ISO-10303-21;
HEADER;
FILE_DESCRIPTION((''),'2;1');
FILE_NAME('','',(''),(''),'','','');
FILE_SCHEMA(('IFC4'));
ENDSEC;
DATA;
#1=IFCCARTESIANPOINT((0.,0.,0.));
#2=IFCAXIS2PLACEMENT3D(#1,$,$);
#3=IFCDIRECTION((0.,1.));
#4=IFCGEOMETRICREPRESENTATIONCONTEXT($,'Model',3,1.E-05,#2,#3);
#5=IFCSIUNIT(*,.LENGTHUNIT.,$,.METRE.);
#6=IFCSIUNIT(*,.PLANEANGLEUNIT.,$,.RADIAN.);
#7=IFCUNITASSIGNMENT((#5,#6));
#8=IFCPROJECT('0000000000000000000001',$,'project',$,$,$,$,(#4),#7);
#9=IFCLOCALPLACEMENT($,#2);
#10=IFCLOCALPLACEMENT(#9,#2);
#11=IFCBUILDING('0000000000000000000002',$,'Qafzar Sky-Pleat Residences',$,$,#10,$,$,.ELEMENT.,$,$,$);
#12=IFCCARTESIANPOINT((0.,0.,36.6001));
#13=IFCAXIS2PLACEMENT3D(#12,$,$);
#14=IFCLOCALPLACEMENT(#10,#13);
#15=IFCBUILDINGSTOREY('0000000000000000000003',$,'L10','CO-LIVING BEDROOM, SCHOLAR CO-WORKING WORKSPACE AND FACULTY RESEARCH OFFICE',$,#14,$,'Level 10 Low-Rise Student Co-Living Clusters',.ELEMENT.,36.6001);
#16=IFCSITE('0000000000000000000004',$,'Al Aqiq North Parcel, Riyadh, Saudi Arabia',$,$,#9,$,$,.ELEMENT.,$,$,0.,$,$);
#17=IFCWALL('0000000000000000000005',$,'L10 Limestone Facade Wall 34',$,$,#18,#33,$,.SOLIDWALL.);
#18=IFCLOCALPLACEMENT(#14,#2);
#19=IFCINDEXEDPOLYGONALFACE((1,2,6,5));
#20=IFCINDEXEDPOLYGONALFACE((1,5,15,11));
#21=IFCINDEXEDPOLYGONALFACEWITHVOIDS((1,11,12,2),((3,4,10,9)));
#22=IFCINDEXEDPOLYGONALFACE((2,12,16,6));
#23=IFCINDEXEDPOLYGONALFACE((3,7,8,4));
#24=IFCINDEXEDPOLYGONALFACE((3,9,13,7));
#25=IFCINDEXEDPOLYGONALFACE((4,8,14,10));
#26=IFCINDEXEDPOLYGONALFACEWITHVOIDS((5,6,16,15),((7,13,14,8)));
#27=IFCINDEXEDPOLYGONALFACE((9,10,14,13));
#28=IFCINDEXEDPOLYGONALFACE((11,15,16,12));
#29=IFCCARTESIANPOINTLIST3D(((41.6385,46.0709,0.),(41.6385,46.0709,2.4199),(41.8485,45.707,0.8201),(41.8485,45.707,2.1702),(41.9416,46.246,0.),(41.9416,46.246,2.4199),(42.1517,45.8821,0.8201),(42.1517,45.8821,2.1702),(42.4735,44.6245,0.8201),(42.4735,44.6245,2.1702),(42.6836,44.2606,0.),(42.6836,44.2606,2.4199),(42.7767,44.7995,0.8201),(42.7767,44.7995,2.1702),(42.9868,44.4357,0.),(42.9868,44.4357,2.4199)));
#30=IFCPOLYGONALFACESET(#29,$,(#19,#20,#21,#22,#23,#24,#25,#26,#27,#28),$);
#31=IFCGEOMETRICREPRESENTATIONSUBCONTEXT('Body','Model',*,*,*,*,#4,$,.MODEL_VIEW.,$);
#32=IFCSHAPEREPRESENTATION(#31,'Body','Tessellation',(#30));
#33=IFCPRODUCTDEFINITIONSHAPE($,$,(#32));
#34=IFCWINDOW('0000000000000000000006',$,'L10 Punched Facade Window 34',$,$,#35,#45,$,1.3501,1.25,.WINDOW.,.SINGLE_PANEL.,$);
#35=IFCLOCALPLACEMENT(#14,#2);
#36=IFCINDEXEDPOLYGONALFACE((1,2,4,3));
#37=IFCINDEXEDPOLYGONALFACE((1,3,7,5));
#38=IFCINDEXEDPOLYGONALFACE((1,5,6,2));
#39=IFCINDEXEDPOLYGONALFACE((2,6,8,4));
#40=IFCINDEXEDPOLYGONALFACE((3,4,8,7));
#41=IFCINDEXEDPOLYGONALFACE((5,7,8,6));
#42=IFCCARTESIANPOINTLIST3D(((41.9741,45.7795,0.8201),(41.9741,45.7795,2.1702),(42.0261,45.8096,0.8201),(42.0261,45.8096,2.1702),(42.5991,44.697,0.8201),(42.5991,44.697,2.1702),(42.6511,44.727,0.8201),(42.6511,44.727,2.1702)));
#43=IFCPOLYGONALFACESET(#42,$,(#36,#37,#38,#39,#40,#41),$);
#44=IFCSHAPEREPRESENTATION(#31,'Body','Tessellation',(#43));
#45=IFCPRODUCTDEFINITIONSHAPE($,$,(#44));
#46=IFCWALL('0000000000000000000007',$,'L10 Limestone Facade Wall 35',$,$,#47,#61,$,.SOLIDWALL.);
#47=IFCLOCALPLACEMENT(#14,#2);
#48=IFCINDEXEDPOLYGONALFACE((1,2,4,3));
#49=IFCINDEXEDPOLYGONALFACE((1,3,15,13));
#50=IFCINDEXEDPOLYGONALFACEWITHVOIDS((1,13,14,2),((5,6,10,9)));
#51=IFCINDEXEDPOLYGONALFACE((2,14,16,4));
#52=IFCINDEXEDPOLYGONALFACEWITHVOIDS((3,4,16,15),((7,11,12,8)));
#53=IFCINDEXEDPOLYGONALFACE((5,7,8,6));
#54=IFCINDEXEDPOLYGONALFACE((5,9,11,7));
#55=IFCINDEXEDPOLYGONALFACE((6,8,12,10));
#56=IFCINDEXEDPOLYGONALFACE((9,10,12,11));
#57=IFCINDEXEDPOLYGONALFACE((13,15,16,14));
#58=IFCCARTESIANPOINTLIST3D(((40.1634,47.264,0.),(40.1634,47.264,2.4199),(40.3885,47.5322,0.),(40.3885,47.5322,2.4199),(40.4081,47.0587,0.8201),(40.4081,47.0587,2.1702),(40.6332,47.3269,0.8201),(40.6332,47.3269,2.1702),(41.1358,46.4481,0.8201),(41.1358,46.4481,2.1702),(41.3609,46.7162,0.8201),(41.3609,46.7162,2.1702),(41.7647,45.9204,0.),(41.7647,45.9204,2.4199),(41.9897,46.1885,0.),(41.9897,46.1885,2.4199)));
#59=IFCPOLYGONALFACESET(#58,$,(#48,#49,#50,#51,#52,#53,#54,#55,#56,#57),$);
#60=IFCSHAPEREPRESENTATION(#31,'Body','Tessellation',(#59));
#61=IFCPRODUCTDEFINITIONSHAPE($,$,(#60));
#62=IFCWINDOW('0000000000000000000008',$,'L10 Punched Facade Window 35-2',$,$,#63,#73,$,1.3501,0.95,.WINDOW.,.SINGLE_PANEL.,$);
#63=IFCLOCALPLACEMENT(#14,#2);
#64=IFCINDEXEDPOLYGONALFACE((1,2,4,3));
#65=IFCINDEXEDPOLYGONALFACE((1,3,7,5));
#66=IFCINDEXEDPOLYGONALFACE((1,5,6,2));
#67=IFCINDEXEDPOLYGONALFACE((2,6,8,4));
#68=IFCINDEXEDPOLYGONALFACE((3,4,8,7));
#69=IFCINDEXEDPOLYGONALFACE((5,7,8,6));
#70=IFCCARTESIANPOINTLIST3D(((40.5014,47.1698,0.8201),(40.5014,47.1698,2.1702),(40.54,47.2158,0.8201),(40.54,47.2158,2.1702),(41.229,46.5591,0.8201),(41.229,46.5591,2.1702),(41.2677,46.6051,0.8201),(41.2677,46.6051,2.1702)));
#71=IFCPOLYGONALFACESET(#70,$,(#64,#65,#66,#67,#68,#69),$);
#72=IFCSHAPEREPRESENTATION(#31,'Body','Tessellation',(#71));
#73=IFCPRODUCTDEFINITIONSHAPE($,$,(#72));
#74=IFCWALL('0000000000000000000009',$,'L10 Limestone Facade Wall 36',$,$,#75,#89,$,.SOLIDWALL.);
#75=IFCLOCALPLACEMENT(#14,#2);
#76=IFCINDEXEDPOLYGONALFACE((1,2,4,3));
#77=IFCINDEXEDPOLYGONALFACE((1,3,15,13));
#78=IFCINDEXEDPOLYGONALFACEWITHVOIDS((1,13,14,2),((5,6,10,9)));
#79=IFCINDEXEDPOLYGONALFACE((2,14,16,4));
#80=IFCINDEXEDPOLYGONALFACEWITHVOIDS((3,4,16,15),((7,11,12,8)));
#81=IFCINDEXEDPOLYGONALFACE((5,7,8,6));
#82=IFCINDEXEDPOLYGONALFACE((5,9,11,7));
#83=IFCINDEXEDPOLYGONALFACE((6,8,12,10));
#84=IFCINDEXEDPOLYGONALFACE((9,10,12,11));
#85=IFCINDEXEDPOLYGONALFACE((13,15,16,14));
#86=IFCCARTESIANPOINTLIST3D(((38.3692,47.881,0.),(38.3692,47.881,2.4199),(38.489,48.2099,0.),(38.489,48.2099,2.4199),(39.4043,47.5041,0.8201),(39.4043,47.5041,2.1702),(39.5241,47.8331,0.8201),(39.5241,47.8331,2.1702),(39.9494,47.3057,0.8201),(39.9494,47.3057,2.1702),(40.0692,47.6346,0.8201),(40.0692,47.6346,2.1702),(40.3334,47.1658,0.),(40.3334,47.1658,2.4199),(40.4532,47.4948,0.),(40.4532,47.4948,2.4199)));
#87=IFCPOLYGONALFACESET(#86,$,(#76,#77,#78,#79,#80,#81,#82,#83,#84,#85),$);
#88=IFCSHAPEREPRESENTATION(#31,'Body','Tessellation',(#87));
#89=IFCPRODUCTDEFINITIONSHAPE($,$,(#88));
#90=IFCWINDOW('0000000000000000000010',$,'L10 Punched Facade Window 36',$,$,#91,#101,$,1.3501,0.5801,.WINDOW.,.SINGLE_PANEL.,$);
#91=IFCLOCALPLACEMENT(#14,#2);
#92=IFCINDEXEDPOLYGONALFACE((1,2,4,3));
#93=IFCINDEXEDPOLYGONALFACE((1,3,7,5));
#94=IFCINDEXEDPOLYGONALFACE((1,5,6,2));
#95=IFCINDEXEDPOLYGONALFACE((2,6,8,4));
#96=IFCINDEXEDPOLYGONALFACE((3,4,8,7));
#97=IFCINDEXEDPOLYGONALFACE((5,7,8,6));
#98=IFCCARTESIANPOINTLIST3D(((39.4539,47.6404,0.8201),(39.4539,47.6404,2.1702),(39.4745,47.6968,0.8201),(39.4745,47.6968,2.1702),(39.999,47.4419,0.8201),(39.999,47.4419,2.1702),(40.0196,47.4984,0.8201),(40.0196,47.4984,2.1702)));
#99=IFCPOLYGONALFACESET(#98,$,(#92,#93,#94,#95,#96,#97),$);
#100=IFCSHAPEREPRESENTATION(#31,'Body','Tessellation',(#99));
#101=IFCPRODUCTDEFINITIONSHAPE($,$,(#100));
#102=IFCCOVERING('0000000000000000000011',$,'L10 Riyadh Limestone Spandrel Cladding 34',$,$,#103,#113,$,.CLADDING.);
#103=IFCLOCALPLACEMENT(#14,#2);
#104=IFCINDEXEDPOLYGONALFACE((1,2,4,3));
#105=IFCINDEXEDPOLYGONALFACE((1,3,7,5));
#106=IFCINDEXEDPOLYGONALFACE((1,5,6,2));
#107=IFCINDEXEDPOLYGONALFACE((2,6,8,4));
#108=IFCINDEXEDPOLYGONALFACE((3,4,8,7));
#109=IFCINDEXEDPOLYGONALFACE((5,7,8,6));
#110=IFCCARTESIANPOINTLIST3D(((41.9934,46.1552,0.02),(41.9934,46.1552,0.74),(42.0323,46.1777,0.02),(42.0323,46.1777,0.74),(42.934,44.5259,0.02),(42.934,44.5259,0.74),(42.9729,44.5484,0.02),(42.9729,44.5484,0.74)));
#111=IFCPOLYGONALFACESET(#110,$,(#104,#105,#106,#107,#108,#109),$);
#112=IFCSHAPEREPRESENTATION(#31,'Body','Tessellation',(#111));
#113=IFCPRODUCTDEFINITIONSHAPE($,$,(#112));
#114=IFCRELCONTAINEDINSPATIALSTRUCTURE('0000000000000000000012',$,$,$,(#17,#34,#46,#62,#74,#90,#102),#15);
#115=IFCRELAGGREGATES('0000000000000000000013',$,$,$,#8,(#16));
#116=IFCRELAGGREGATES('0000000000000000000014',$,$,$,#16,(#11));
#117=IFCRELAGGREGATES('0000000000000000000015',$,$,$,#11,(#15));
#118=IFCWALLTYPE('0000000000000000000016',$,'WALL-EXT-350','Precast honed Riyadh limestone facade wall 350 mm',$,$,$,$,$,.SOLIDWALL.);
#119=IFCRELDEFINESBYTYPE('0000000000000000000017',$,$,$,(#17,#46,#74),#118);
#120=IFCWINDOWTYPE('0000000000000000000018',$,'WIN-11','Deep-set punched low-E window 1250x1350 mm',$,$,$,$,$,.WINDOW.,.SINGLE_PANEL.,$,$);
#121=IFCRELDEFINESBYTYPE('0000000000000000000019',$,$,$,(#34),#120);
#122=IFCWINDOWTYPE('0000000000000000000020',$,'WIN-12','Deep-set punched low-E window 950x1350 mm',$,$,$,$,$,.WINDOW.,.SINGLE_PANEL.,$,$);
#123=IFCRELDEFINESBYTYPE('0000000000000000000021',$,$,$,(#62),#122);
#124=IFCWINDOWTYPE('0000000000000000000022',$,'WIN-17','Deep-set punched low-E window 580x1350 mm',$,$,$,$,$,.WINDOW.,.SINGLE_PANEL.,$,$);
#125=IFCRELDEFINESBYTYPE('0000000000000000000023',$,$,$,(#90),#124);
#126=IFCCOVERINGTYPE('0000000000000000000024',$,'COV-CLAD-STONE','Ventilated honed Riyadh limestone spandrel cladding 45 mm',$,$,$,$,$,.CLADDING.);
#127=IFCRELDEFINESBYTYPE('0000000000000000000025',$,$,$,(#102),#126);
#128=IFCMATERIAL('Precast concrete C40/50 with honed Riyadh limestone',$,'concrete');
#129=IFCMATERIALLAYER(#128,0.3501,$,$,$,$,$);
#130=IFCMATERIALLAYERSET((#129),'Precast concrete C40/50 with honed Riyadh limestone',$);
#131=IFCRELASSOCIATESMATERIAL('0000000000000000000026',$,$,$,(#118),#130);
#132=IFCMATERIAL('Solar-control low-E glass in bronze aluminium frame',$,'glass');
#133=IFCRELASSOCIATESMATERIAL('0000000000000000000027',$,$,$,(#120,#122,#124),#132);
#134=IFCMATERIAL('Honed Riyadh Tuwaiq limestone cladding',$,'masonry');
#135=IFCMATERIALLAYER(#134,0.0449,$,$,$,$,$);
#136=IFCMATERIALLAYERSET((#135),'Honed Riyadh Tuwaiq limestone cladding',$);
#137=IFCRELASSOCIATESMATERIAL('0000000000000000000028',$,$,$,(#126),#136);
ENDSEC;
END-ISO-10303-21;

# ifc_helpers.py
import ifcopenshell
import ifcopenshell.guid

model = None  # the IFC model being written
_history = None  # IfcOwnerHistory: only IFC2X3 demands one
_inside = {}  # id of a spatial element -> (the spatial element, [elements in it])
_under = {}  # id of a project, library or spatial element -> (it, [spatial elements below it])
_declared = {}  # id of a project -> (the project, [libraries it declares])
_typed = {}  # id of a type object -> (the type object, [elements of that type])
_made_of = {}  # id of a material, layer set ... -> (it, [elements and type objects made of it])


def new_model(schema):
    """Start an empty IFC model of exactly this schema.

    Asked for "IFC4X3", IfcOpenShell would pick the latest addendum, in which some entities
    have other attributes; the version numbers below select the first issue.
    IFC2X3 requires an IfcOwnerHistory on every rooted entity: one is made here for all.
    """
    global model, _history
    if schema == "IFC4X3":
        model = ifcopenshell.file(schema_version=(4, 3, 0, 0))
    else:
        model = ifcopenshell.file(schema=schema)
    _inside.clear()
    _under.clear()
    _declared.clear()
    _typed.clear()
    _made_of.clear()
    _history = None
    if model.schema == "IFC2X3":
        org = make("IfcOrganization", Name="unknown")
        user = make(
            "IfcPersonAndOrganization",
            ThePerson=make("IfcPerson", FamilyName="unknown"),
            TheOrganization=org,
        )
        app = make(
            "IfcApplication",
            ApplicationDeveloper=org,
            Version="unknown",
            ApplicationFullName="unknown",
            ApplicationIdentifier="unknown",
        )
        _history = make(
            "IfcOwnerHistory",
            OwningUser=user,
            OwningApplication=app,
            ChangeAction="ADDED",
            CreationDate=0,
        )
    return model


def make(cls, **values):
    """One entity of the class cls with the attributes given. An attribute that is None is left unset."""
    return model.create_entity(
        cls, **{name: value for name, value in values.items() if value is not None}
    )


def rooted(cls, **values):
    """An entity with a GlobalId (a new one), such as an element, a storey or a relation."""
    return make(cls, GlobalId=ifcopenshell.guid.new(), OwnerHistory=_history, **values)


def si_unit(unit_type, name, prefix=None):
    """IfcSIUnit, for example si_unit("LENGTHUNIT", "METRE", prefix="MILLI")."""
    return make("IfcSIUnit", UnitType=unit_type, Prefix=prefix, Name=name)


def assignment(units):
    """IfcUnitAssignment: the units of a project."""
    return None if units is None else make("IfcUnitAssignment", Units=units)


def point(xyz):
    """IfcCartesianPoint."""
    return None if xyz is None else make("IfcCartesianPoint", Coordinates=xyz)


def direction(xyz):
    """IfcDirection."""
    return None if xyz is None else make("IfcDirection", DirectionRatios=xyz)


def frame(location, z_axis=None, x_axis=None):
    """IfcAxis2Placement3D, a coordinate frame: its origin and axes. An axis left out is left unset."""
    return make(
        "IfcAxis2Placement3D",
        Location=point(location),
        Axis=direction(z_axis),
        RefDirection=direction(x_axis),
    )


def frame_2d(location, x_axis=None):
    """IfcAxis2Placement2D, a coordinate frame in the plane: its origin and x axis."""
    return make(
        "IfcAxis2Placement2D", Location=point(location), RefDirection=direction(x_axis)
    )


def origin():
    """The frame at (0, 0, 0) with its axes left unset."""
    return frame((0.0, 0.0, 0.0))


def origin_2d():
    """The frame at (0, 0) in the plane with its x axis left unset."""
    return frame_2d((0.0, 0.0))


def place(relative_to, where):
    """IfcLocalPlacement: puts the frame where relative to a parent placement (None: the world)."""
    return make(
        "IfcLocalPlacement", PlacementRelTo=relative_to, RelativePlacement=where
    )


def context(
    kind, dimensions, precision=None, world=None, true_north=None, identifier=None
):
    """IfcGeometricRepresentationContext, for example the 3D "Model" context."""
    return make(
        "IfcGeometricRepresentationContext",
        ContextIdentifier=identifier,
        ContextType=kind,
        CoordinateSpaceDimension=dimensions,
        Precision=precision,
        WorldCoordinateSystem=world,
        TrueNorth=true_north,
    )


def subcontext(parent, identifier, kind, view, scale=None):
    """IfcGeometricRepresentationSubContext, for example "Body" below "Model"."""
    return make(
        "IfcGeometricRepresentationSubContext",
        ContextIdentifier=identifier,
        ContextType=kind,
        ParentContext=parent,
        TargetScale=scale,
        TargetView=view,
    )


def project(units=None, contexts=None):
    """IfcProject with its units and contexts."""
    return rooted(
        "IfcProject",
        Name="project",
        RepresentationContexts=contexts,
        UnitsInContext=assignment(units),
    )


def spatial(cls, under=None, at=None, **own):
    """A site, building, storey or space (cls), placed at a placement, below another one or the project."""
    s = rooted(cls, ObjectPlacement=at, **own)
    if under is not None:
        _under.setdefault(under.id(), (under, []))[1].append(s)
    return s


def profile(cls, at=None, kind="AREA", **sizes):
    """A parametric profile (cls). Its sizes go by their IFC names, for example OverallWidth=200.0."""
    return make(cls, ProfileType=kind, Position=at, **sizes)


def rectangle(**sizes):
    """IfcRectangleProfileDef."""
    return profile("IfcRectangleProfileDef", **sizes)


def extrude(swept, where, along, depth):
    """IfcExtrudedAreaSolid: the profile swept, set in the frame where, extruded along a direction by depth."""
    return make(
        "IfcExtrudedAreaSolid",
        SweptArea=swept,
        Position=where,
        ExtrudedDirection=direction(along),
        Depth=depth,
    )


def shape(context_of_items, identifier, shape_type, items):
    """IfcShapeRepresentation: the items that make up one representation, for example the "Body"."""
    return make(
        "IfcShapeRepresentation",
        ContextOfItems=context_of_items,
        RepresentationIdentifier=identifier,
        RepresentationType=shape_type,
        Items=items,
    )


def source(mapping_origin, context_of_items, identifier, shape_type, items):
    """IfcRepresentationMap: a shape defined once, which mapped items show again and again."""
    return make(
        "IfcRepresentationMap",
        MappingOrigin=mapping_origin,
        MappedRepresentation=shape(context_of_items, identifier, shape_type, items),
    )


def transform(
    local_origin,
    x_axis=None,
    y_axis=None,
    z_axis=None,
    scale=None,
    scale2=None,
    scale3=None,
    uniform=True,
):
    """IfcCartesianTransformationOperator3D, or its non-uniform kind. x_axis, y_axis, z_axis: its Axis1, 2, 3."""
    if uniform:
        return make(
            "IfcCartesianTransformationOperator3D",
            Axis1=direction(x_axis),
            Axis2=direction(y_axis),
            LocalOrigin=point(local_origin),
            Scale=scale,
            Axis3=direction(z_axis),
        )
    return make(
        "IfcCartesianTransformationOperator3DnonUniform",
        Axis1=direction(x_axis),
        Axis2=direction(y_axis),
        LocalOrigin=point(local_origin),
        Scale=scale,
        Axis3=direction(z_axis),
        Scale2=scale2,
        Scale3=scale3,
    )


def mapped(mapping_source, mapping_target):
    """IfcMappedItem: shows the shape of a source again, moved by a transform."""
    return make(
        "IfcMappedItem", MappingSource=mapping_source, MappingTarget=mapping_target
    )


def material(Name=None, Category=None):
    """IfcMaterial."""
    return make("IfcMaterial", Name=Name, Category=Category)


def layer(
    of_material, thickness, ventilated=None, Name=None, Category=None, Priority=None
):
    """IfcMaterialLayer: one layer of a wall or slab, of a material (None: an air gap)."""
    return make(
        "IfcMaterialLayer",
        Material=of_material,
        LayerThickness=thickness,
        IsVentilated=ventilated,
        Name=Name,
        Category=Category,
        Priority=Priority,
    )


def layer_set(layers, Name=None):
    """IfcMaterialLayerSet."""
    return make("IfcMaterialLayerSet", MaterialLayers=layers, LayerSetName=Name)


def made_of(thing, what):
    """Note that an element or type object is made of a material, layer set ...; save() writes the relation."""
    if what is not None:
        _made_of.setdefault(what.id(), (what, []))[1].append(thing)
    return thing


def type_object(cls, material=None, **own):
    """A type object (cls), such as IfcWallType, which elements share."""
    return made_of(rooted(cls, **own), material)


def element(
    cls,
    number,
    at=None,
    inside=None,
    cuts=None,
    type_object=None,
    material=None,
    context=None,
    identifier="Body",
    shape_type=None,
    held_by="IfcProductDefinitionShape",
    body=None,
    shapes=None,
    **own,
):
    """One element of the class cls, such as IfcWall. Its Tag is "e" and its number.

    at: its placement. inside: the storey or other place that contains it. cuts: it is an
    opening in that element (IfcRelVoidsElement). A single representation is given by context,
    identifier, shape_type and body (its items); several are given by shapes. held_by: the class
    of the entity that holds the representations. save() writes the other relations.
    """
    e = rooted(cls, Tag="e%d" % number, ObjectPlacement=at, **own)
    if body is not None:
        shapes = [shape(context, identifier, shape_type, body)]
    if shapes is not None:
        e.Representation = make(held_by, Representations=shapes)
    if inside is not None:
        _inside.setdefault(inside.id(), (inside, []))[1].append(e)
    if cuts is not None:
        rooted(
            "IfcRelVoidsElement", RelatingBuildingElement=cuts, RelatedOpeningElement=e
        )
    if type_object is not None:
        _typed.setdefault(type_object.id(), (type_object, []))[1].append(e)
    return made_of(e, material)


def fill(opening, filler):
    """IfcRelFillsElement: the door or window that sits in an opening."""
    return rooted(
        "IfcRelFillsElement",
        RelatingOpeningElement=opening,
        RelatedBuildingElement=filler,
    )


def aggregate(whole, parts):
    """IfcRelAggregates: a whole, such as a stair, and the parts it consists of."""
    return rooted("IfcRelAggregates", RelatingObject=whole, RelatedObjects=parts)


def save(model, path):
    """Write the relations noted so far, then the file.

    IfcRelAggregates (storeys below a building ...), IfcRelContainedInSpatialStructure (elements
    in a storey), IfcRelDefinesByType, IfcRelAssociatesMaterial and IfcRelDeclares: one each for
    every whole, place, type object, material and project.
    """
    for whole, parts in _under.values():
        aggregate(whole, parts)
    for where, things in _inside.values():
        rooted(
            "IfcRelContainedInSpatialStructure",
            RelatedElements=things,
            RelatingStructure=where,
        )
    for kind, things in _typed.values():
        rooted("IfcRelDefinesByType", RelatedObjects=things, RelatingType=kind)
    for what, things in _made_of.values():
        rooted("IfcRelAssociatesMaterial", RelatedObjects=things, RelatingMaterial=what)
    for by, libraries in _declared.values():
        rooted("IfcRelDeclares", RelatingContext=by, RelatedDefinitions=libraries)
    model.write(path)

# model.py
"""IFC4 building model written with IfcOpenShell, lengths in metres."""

from ifc_helpers import new_model, si_unit, direction, frame, frame_2d, origin, origin_2d, place, context, subcontext, project, spatial, rectangle, extrude, source, transform, mapped, material, layer, layer_set, type_object, element, fill, save


model = new_model("IFC4")

# Units and contexts
model_context = context("Model", 3, precision=1e-05, world=origin(), true_north=direction((0.0, 1.0)))
body_context = subcontext(model_context, "Body", "Model", "MODEL_VIEW")
ifc_project = project(units=[si_unit("LENGTHUNIT", "METRE"), si_unit("PLANEANGLEUNIT", "RADIAN")], contexts=[model_context])

# Site, building, storey
site_placement = place(None, origin())
site = spatial("IfcSite", under=ifc_project, at=site_placement, Name="Al Aqiq North Parcel, Riyadh, Saudi Arabia", CompositionType="ELEMENT", RefElevation=0.0)
building_placement = place(site_placement, origin())
building = spatial("IfcBuilding", under=site, at=building_placement, Name="Qafzar Sky-Pleat Residences", CompositionType="ELEMENT")
storey_placement = place(building_placement, frame((0.0, 0.0, 36.6001)))
storey = spatial("IfcBuildingStorey", under=building, at=storey_placement, Name="L10", Description="CO-LIVING BEDROOM, SCHOLAR CO-WORKING WORKSPACE AND FACULTY RESEARCH OFFICE", LongName="Level 10 Low-Rise Student Co-Living Clusters", CompositionType="ELEMENT", Elevation=36.6001)

# Shared definitions
ifc_material_1 = material(Name="Precast concrete C40/50 with honed Riyadh limestone", Category="concrete")
ifc_layer_1 = layer(ifc_material_1, 0.3501)
ifc_layer_set_1 = layer_set([ifc_layer_1], Name="Precast concrete C40/50 with honed Riyadh limestone")
wall_type_1 = type_object("IfcWallType", Name="WALL-EXT-350", Description="Precast honed Riyadh limestone facade wall 350 mm", PredefinedType="SOLIDWALL", material=ifc_layer_set_1)

# Walls, openings, windows
wall_1_placement = place(storey_placement, frame((42.8352, 44.3481, 0.0), z_axis=(0.0, 0.0, 1.0), x_axis=(-0.499995, 0.866028, 0.0)))
wall_1 = element("IfcWall", 1, at=wall_1_placement, inside=storey, type_object=wall_type_1, Name="L10 Limestone Facade Wall 34", PredefinedType="SOLIDWALL", context=body_context, shape_type="SweptSolid", body=[
    extrude(rectangle(XDim=2.0903, YDim=0.3501, at=frame_2d((1.0452, 0.0))), origin(), (0.0, 0.0, 1.0), 2.4199),
])
opening_1_placement = place(wall_1_placement, frame((0.4202, 0.0, 0.8201)))
opening_1 = element("IfcOpeningElement", 2, at=opening_1_placement, cuts=wall_1, PredefinedType="OPENING", context=body_context, shape_type="SweptSolid", body=[
    extrude(rectangle(XDim=1.25, YDim=1.3501, at=frame_2d((0.625, 0.675))), frame((0.0, 0.1851, 0.0), z_axis=(0.0, -1.0, 0.0), x_axis=(1.0, 0.0, 0.0)), (0.0, 0.0, 1.0), 0.3701),
])
ifc_material_2 = material(Name="Solar-control low-E glass in bronze aluminium frame", Category="glass")
window_type_1 = type_object("IfcWindowType", Name="WIN-11", Description="Deep-set punched low-E window 1250x1350 mm", PartitioningType="SINGLE_PANEL", PredefinedType="WINDOW", material=ifc_material_2)
shared_shape_1 = source(origin(), body_context, "Body", "SweptSolid", [
    extrude(rectangle(XDim=1.25, YDim=1.3501, at=frame_2d((0.625, 0.675))), frame((0.0, 0.03, 0.0), z_axis=(0.0, -1.0, 0.0), x_axis=(1.0, 0.0, 0.0)), (0.0, 0.0, 1.0), 0.0601),
])
window_1_placement = place(opening_1_placement, origin())
window_1 = element("IfcWindow", 3, at=window_1_placement, inside=storey, type_object=window_type_1, Name="L10 Punched Facade Window 34", OverallHeight=1.3501, OverallWidth=1.25, PartitioningType="SINGLE_PANEL", PredefinedType="WINDOW", context=body_context, shape_type="MappedRepresentation", body=[
    mapped(shared_shape_1, transform((0.0, 0.0, 0.0), x_axis=(1.0, 0.0, 0.0), y_axis=(0.0, 1.0, 0.0), z_axis=(0.0, 0.0, 1.0), scale=1.0)),
])
fill(opening_1, window_1)
wall_2_placement = place(storey_placement, frame((41.8772, 46.0544, 0.0), z_axis=(0.0, 0.0, 1.0), x_axis=(-0.766025, 0.642811, 0.0)))
wall_2 = element("IfcWall", 4, at=wall_2_placement, inside=storey, type_object=wall_type_1, Name="L10 Limestone Facade Wall 35", PredefinedType="SOLIDWALL", context=body_context, shape_type="SweptSolid", body=[
    extrude(rectangle(XDim=2.0903, YDim=0.3501, at=frame_2d((1.0452, 0.0))), origin(), (0.0, 0.0, 1.0), 2.4199),
])
opening_2_placement = place(wall_2_placement, frame((0.8208, 0.0, 0.8201)))
opening_2 = element("IfcOpeningElement", 5, at=opening_2_placement, cuts=wall_2, PredefinedType="OPENING", context=body_context, shape_type="SweptSolid", body=[
    extrude(rectangle(XDim=0.95, YDim=1.3501, at=frame_2d((0.4751, 0.675))), frame((0.0, 0.1851, 0.0), z_axis=(0.0, -1.0, 0.0), x_axis=(1.0, 0.0, 0.0)), (0.0, 0.0, 1.0), 0.3701),
])
window_type_2 = type_object("IfcWindowType", Name="WIN-12", Description="Deep-set punched low-E window 950x1350 mm", PartitioningType="SINGLE_PANEL", PredefinedType="WINDOW", material=ifc_material_2)
shared_shape_2 = source(origin(), body_context, "Body", "SweptSolid", [
    extrude(rectangle(XDim=0.95, YDim=1.3501, at=frame_2d((0.4751, 0.675))), frame((0.0, 0.03, 0.0), z_axis=(0.0, -1.0, 0.0), x_axis=(1.0, 0.0, 0.0)), (0.0, 0.0, 1.0), 0.0601),
])
window_2_placement = place(opening_2_placement, origin())
window_2 = element("IfcWindow", 6, at=window_2_placement, inside=storey, type_object=window_type_2, Name="L10 Punched Facade Window 35-2", OverallHeight=1.3501, OverallWidth=0.95, PartitioningType="SINGLE_PANEL", PredefinedType="WINDOW", context=body_context, shape_type="MappedRepresentation", body=[
    mapped(shared_shape_2, transform((0.0, 0.0, 0.0), x_axis=(1.0, 0.0, 0.0), y_axis=(0.0, 1.0, 0.0), z_axis=(0.0, 0.0, 1.0), scale=1.0)),
])
fill(opening_2, window_2)
wall_3_placement = place(storey_placement, frame((40.3933, 47.3303, 0.0), z_axis=(0.0, 0.0, 1.0), x_axis=(-0.93966, 0.342109, 0.0)))
wall_3 = element("IfcWall", 7, at=wall_3_placement, inside=storey, type_object=wall_type_1, Name="L10 Limestone Facade Wall 36", PredefinedType="SOLIDWALL", context=body_context, shape_type="SweptSolid", body=[
    extrude(rectangle(XDim=2.0903, YDim=0.3501, at=frame_2d((1.0452, 0.0))), origin(), (0.0, 0.0, 1.0), 2.4199),
])
opening_3_placement = place(wall_3_placement, frame((0.4087, 0.0, 0.8201)))
opening_3 = element("IfcOpeningElement", 8, at=opening_3_placement, cuts=wall_3, PredefinedType="OPENING", context=body_context, shape_type="SweptSolid", body=[
    extrude(rectangle(XDim=0.5801, YDim=1.3501, at=frame_2d((0.29, 0.675))), frame((0.0, 0.1851, 0.0), z_axis=(0.0, -1.0, 0.0), x_axis=(1.0, 0.0, 0.0)), (0.0, 0.0, 1.0), 0.3701),
])
window_type_3 = type_object("IfcWindowType", Name="WIN-17", Description="Deep-set punched low-E window 580x1350 mm", PartitioningType="SINGLE_PANEL", PredefinedType="WINDOW", material=ifc_material_2)
shared_shape_3 = source(origin(), body_context, "Body", "SweptSolid", [
    extrude(rectangle(XDim=0.5801, YDim=1.3501, at=frame_2d((0.29, 0.675))), frame((0.0, 0.03, 0.0), z_axis=(0.0, -1.0, 0.0), x_axis=(1.0, 0.0, 0.0)), (0.0, 0.0, 1.0), 0.0601),
])
window_3_placement = place(opening_3_placement, origin())
window_3 = element("IfcWindow", 9, at=window_3_placement, inside=storey, type_object=window_type_3, Name="L10 Punched Facade Window 36", OverallHeight=1.3501, OverallWidth=0.5801, PartitioningType="SINGLE_PANEL", PredefinedType="WINDOW", context=body_context, shape_type="MappedRepresentation", body=[
    mapped(shared_shape_3, transform((0.0, 0.0, 0.0), x_axis=(1.0, 0.0, 0.0), y_axis=(0.0, 1.0, 0.0), z_axis=(0.0, 0.0, 1.0), scale=1.0)),
])
fill(opening_3, window_3)

# Covering
ifc_material_3 = material(Name="Honed Riyadh Tuwaiq limestone cladding", Category="masonry")
ifc_layer_2 = layer(ifc_material_3, 0.0449)
ifc_layer_set_2 = layer_set([ifc_layer_2], Name="Honed Riyadh Tuwaiq limestone cladding")
covering_type = type_object("IfcCoveringType", Name="COV-CLAD-STONE", Description="Ventilated honed Riyadh limestone spandrel cladding 45 mm", PredefinedType="CLADDING", material=ifc_layer_set_2)
shared_shape_4 = source(origin(), body_context, "Body", "SweptSolid", [
    extrude(rectangle(XDim=1.8813, YDim=0.0449, at=origin_2d()), origin(), (0.0, 0.0, 1.0), 0.72),
])
covering_placement = place(storey_placement, frame((42.4832, 45.3518, 0.02), z_axis=(0.0, 0.0, 1.0), x_axis=(-0.499972, 0.866041, 0.0)))
element("IfcCovering", 10, at=covering_placement, inside=storey, type_object=covering_type, Name="L10 Riyadh Limestone Spandrel Cladding 34", PredefinedType="CLADDING", context=body_context, shape_type="MappedRepresentation", body=[
    mapped(shared_shape_4, transform((0.0, 0.0, 0.0), x_axis=(1.0, 0.0, 0.0), y_axis=(0.0, 1.0, 0.0), z_axis=(0.0, 0.0, 1.0), scale=1.0)),
])

save(model, "model.ifc")
